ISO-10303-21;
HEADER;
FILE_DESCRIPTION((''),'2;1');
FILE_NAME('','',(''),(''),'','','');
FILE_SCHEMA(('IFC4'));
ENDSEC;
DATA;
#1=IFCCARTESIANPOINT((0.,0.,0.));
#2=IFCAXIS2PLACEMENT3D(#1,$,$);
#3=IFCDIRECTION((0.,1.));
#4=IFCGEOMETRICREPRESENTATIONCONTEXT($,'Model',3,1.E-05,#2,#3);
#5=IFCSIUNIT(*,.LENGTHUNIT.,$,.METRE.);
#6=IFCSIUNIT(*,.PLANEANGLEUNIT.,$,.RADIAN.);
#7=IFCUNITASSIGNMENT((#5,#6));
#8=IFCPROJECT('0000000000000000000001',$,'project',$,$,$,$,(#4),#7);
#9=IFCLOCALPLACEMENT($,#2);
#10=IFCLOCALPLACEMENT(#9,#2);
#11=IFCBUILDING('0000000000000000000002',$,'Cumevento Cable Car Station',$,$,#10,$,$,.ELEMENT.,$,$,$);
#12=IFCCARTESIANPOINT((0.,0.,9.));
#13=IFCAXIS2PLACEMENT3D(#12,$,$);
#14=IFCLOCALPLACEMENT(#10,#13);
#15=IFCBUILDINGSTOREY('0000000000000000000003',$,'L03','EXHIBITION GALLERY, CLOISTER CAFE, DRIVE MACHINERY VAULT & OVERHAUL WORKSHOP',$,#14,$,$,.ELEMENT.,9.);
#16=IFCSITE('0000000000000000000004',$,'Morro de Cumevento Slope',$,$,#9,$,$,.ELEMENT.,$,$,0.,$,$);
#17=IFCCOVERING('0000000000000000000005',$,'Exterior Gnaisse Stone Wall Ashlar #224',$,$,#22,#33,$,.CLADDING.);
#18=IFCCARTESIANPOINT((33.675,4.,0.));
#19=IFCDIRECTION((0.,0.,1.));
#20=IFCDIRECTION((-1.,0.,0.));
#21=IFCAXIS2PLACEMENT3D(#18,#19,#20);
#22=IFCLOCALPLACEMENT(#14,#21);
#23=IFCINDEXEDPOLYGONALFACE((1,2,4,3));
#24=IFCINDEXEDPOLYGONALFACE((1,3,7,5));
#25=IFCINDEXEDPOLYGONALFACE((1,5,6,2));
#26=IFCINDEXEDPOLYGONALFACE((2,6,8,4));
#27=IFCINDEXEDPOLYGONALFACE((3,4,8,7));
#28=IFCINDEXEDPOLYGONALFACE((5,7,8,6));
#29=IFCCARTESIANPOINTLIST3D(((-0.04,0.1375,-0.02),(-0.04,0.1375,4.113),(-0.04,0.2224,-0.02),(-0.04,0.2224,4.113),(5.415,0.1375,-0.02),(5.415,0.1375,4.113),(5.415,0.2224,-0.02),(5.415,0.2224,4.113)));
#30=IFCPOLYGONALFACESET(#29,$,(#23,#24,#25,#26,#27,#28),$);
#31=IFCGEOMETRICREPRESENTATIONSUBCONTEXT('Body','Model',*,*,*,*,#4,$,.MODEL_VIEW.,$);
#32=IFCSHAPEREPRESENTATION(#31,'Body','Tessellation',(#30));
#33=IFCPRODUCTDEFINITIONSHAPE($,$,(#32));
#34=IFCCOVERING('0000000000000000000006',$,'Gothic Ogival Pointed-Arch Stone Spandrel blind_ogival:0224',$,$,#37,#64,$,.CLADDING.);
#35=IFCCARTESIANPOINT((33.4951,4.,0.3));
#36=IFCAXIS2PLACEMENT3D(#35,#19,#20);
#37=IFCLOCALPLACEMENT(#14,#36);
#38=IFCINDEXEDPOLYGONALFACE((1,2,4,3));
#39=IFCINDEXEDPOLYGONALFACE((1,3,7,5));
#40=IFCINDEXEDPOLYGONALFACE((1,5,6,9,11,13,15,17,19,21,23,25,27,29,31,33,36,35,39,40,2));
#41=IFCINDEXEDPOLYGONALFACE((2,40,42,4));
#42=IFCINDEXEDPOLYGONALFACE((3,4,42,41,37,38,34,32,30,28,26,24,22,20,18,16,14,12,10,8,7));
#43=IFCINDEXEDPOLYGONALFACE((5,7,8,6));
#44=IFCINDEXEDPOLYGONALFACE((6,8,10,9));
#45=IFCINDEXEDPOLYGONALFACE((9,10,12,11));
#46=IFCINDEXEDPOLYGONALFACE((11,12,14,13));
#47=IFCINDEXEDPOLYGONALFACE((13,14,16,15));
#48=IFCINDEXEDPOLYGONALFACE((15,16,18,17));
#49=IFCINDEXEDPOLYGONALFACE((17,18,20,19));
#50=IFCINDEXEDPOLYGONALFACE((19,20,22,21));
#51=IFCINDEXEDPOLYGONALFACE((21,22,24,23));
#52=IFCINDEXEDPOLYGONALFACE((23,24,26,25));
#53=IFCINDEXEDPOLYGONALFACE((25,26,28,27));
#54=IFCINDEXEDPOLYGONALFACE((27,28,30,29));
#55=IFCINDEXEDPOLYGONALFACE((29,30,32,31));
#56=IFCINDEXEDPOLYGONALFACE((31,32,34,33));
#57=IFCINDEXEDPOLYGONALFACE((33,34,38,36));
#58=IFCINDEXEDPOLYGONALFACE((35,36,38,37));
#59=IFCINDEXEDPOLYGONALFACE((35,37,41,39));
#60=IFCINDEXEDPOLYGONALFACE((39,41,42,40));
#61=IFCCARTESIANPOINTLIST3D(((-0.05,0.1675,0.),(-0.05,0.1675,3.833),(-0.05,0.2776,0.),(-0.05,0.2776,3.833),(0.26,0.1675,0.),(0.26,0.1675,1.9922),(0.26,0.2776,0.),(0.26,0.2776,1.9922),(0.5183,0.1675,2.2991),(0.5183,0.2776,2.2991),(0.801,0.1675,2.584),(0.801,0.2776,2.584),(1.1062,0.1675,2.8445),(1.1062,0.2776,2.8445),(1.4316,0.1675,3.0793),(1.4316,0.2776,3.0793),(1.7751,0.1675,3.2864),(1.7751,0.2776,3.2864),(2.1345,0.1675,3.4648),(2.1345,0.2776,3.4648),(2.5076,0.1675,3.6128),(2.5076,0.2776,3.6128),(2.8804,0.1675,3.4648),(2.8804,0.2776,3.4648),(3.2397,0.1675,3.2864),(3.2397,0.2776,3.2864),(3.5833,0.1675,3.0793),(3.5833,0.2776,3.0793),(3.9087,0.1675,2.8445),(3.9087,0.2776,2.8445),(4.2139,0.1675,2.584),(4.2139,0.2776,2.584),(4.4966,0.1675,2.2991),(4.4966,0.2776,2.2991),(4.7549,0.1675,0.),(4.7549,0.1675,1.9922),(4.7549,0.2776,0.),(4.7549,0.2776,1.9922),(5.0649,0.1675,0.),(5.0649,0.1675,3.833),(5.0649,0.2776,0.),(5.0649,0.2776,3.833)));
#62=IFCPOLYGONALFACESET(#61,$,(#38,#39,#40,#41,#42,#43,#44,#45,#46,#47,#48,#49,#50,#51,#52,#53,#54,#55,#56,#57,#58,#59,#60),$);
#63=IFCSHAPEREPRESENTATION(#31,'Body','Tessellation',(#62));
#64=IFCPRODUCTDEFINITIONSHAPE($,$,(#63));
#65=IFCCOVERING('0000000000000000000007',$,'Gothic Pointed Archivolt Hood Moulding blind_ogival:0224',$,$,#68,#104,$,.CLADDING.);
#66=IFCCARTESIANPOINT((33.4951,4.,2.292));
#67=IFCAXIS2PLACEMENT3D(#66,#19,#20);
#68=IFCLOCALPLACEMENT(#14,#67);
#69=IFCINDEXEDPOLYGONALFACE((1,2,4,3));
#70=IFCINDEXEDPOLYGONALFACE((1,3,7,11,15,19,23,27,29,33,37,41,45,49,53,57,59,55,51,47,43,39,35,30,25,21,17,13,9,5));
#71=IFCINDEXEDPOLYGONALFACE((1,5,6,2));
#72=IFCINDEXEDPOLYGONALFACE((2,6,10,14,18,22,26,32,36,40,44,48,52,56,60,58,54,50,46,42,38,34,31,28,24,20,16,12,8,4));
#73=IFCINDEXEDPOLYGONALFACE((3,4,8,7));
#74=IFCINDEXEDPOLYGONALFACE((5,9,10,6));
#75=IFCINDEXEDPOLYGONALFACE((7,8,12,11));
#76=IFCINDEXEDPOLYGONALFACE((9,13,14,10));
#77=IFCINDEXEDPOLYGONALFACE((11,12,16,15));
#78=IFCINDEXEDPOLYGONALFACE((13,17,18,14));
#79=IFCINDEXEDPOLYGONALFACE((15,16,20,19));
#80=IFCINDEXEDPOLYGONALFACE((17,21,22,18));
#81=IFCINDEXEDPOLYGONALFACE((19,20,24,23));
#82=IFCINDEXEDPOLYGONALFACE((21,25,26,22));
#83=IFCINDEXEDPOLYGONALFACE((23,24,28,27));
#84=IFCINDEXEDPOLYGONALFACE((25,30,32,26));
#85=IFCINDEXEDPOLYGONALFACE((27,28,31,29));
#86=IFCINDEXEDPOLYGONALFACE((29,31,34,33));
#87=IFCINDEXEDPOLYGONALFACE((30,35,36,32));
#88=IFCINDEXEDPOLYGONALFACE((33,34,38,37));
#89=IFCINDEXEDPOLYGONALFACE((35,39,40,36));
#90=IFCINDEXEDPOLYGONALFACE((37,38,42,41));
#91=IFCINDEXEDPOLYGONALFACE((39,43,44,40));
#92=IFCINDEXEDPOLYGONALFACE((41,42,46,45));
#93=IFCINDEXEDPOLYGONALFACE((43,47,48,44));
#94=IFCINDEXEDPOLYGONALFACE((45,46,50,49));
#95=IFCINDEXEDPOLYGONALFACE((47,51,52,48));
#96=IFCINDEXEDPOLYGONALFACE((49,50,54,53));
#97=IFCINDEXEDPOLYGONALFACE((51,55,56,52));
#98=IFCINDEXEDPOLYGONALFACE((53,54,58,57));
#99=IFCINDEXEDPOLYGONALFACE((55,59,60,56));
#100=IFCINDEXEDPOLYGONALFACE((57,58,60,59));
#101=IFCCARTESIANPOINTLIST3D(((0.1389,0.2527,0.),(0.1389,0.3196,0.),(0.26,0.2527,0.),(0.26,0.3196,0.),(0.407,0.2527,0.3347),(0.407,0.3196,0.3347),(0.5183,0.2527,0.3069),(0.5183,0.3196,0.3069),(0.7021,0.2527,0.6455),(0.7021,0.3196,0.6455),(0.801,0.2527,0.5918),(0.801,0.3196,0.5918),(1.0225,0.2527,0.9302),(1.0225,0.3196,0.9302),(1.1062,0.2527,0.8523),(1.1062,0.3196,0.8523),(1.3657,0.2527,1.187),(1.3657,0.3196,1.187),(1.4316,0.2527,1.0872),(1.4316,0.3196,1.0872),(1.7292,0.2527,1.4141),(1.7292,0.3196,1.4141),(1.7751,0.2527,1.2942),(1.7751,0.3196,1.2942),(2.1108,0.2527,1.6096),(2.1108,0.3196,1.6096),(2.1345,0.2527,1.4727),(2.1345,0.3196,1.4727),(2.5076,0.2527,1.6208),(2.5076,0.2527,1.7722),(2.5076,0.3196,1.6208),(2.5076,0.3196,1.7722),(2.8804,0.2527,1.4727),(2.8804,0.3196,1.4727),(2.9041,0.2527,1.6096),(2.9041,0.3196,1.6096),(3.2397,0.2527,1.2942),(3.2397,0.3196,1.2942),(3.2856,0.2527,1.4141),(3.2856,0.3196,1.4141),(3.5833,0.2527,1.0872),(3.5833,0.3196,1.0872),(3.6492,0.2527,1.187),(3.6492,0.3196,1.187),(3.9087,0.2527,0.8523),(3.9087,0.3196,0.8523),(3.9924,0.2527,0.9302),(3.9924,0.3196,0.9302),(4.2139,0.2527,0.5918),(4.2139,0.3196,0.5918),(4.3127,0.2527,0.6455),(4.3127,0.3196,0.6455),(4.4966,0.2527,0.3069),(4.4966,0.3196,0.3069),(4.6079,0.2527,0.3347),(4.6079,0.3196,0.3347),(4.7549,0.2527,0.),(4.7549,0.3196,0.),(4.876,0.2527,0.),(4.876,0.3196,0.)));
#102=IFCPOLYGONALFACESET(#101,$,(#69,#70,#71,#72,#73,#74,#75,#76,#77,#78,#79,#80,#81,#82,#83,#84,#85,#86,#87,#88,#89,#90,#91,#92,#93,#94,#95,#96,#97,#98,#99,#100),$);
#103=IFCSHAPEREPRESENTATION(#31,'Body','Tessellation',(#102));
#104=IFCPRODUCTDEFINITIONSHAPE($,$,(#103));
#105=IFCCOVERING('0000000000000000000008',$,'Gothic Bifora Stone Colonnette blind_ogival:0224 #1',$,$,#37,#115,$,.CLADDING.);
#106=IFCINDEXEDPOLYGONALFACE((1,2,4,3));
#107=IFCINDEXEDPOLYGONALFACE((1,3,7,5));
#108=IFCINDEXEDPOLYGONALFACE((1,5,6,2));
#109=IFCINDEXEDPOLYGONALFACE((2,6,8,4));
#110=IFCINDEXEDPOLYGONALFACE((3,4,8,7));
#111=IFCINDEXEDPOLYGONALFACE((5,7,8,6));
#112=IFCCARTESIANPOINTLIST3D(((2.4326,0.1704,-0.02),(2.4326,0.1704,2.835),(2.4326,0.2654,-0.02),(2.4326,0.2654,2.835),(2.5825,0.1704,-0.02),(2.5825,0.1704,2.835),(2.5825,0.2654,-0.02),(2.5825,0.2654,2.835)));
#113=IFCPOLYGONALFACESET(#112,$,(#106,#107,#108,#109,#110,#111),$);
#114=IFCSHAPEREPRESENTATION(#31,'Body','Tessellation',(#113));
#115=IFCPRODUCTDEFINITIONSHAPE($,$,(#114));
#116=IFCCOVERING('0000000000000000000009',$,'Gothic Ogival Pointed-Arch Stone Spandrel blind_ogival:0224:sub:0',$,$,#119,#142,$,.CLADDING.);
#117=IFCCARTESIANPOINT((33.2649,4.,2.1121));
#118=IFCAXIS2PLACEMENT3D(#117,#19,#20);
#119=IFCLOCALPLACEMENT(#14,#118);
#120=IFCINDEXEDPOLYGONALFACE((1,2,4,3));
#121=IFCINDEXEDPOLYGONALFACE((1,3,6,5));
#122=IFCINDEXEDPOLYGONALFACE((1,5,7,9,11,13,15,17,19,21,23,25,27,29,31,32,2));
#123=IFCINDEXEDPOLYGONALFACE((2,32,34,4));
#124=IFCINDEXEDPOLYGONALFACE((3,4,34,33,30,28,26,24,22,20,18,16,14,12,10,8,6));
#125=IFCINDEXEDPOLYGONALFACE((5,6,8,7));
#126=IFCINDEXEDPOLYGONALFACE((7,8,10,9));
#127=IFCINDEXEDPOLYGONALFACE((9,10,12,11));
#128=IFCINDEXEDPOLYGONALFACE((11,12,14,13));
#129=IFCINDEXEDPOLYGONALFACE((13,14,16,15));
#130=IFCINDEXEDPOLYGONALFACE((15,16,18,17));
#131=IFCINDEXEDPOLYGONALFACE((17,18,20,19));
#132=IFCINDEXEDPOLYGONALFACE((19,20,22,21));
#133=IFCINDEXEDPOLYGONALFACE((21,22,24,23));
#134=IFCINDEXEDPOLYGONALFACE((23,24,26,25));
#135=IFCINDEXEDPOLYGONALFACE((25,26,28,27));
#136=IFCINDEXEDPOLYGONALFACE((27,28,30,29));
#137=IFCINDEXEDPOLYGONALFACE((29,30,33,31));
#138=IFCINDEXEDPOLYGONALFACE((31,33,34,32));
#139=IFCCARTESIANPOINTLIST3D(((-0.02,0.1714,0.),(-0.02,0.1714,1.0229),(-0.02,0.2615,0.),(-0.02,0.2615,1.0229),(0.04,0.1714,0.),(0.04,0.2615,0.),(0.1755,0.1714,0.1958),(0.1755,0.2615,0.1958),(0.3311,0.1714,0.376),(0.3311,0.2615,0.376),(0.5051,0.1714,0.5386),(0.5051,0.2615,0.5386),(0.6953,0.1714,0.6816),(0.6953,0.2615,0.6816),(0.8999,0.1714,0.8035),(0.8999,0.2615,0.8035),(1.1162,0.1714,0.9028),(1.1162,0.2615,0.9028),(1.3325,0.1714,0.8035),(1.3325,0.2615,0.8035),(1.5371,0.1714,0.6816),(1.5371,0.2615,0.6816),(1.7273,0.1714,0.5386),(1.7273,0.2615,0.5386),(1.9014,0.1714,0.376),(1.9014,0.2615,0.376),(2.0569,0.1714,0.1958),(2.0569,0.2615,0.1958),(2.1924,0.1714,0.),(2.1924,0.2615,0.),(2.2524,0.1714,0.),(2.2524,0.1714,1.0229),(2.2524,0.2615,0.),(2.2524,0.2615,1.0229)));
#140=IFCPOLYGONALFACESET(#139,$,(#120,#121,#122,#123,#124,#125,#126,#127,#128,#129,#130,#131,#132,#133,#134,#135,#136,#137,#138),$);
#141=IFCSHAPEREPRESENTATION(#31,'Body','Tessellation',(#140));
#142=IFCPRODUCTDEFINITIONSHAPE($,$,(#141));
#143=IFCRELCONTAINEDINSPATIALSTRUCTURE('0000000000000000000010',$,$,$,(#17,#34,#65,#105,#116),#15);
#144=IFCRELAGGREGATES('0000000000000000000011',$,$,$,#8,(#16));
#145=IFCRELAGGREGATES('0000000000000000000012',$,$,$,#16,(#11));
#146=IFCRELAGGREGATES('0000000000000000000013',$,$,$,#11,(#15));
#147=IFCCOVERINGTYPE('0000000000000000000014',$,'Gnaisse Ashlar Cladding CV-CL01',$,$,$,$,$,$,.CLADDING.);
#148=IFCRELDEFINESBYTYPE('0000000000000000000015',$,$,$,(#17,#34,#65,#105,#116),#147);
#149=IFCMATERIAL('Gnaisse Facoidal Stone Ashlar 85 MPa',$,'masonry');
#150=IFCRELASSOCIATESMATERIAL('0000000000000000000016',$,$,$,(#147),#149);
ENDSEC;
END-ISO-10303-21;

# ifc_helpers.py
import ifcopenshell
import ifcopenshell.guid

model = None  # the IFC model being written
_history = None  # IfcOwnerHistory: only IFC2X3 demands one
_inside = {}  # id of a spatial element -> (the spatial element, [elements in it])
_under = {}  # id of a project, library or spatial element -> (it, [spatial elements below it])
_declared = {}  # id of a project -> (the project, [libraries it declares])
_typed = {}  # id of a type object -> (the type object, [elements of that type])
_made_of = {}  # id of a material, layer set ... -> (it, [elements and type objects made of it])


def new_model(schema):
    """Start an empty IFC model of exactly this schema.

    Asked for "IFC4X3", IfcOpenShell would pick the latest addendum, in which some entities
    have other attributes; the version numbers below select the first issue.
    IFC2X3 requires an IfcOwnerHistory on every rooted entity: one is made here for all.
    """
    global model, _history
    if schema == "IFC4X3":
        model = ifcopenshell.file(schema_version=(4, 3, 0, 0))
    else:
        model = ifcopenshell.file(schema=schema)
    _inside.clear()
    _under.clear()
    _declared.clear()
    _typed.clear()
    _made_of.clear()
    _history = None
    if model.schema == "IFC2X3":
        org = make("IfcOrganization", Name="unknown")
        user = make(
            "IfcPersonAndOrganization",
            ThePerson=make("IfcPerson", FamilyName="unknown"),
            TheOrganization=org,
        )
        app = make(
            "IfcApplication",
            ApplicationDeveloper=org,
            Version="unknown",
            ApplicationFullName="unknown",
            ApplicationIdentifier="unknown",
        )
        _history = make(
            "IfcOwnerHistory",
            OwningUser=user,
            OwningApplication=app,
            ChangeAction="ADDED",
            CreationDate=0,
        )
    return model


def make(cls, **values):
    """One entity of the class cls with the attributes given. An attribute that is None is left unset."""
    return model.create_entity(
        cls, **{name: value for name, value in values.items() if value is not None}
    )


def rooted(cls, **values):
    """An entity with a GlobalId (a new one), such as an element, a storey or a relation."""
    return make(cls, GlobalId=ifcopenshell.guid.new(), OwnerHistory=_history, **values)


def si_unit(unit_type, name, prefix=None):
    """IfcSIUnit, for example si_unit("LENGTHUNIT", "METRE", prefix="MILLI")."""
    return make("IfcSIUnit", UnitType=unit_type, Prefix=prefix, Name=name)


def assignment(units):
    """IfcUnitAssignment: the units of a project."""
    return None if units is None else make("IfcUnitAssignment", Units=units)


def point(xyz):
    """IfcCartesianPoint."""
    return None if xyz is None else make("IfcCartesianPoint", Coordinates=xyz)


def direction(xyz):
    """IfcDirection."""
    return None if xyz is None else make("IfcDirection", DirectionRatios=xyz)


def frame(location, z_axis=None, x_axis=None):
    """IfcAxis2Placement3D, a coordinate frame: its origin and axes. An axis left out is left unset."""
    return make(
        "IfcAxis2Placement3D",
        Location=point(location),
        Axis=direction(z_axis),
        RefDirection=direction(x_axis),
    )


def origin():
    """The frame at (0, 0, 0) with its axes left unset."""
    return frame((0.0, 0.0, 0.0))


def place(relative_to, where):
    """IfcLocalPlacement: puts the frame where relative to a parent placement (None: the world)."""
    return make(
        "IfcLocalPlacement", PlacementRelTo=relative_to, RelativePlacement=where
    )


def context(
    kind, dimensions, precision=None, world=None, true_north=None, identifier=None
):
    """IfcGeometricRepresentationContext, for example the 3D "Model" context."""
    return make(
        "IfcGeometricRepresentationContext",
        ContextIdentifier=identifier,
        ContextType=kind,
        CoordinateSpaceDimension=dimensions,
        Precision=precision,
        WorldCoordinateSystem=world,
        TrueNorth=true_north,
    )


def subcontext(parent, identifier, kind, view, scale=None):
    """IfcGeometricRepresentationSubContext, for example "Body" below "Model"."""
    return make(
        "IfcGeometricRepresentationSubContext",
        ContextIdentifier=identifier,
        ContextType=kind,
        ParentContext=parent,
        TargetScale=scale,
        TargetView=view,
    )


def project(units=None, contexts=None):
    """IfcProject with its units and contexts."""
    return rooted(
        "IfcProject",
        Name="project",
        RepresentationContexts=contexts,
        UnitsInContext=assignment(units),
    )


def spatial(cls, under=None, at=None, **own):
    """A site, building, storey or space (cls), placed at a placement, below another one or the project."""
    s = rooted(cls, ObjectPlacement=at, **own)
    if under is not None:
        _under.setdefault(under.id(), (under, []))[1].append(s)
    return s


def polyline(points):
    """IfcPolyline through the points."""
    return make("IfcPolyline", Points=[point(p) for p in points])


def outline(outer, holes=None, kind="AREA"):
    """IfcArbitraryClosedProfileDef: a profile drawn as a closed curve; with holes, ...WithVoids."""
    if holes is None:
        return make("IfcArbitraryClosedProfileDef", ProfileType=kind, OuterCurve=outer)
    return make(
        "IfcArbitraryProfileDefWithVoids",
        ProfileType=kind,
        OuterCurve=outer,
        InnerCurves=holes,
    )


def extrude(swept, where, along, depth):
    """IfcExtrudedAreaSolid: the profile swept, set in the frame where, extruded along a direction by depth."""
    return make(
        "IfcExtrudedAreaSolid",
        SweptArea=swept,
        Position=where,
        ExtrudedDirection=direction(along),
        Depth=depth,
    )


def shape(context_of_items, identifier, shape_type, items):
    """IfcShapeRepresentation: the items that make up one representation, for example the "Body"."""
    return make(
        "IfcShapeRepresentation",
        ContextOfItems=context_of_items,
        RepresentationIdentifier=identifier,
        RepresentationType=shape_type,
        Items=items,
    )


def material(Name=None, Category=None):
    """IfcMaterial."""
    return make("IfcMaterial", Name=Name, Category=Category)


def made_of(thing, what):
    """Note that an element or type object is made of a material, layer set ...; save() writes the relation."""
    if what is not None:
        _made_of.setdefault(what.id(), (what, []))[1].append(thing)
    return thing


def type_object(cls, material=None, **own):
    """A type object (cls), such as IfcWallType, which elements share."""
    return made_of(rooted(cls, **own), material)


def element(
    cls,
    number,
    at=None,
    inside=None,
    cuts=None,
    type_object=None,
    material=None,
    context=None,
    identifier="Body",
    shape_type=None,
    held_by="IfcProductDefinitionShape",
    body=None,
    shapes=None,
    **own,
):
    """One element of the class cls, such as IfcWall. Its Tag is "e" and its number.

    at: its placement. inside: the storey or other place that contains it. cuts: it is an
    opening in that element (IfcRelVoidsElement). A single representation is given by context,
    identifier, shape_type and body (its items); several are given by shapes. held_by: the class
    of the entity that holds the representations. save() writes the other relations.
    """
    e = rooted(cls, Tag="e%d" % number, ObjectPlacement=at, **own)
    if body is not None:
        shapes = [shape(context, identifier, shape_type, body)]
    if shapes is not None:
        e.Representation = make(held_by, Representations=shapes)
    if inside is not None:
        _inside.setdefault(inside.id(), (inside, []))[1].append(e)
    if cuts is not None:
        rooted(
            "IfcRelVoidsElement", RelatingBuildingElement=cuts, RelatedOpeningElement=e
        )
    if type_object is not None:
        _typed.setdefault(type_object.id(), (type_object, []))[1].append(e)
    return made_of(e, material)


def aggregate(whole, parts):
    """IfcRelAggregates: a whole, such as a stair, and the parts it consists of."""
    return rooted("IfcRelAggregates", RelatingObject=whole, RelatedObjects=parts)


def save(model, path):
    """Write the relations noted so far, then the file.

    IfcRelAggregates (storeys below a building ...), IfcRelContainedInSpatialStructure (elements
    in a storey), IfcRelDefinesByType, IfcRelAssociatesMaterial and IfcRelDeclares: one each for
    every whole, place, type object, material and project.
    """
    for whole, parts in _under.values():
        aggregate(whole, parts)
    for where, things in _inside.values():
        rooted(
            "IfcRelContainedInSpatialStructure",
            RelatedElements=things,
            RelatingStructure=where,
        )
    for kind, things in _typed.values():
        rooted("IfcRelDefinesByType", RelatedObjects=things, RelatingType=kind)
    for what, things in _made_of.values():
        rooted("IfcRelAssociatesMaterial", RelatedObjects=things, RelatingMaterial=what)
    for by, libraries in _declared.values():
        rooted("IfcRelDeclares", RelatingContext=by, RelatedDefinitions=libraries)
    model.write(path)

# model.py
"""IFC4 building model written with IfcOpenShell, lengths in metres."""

from ifc_helpers import new_model, si_unit, direction, frame, origin, place, context, subcontext, project, spatial, polyline, outline, extrude, material, type_object, element, save


model = new_model("IFC4")

# Units and contexts
model_context = context("Model", 3, precision=1e-05, world=origin(), true_north=direction((0.0, 1.0)))
body_context = subcontext(model_context, "Body", "Model", "MODEL_VIEW")
ifc_project = project(units=[si_unit("LENGTHUNIT", "METRE"), si_unit("PLANEANGLEUNIT", "RADIAN")], contexts=[model_context])

# Site, building, storey
site_placement = place(None, origin())
site = spatial("IfcSite", under=ifc_project, at=site_placement, Name="Morro de Cumevento Slope", CompositionType="ELEMENT", RefElevation=0.0)
building_placement = place(site_placement, origin())
building = spatial("IfcBuilding", under=site, at=building_placement, Name="Cumevento Cable Car Station", CompositionType="ELEMENT")
storey_placement = place(building_placement, frame((0.0, 0.0, 9.0)))
storey = spatial("IfcBuildingStorey", under=building, at=storey_placement, Name="L03", Description="EXHIBITION GALLERY, CLOISTER CAFE, DRIVE MACHINERY VAULT & OVERHAUL WORKSHOP", CompositionType="ELEMENT", Elevation=9.0)

# Coverings
ifc_material_1 = material(Name="Gnaisse Facoidal Stone Ashlar 85 MPa", Category="masonry")
covering_type = type_object("IfcCoveringType", Name="Gnaisse Ashlar Cladding CV-CL01", PredefinedType="CLADDING", material=ifc_material_1)
covering_1_placement = place(storey_placement, frame((33.675, 4.0, 0.0), z_axis=(0.0, 0.0, 1.0), x_axis=(-1.0, 0.0, 0.0)))
element("IfcCovering", 1, at=covering_1_placement, inside=storey, type_object=covering_type, Name="Exterior Gnaisse Stone Wall Ashlar #224", PredefinedType="CLADDING", context=body_context, shape_type="SweptSolid", body=[
    extrude(outline(polyline([(-0.04, -0.02), (5.415, -0.02), (5.415, 4.113), (-0.04, 4.113), (-0.04, -0.02)])), frame((0.0, 0.2224, 0.0), z_axis=(0.0, -1.0, 0.0), x_axis=(1.0, 0.0, 0.0)), (0.0, 0.0, 1.0), 0.085),
])
placement = place(storey_placement, frame((33.4951, 4.0, 0.3), z_axis=(0.0, 0.0, 1.0), x_axis=(-1.0, 0.0, 0.0)))
element("IfcCovering", 2, at=placement, inside=storey, type_object=covering_type, Name="Gothic Ogival Pointed-Arch Stone Spandrel blind_ogival:0224", PredefinedType="CLADDING", context=body_context, shape_type="SweptSolid", body=[
    extrude(outline(polyline([(-0.05, 0.0), (-0.05, 3.833), (5.0649, 3.833), (5.0649, 0.0), (4.7549, 0.0), (4.7549, 1.9922), (4.4966, 2.2991), (4.2139, 2.584), (3.9087, 2.8445), (3.5833, 3.0793), (3.2397, 3.2864), (2.8804, 3.4648), (2.5076, 3.6128), (2.1345, 3.4648), (1.7751, 3.2864), (1.4316, 3.0793), (1.1062, 2.8445), (0.801, 2.584), (0.5183, 2.2991), (0.26, 1.9922), (0.26, 0.0), (-0.05, 0.0)])), frame((0.0, 0.2776, 0.0), z_axis=(0.0, -1.0, 0.0), x_axis=(1.0, 0.0, 0.0)), (0.0, 0.0, 1.0), 0.1101),
])
covering_2_placement = place(storey_placement, frame((33.4951, 4.0, 2.292), z_axis=(0.0, 0.0, 1.0), x_axis=(-1.0, 0.0, 0.0)))
element("IfcCovering", 3, at=covering_2_placement, inside=storey, type_object=covering_type, Name="Gothic Pointed Archivolt Hood Moulding blind_ogival:0224", PredefinedType="CLADDING", context=body_context, shape_type="SweptSolid", body=[
    extrude(outline(polyline([(0.26, 0.0), (0.5183, 0.3069), (0.801, 0.5918), (1.1062, 0.8523), (1.4316, 1.0872), (1.7751, 1.2942), (2.1345, 1.4727), (2.5076, 1.6208), (2.8804, 1.4727), (3.2397, 1.2942), (3.5833, 1.0872), (3.9087, 0.8523), (4.2139, 0.5918), (4.4966, 0.3069), (4.7549, 0.0), (4.876, 0.0), (4.6079, 0.3347), (4.3127, 0.6455), (3.9924, 0.9302), (3.6492, 1.187), (3.2856, 1.4141), (2.9041, 1.6096), (2.5076, 1.7722), (2.1108, 1.6096), (1.7292, 1.4141), (1.3657, 1.187), (1.0225, 0.9302), (0.7021, 0.6455), (0.407, 0.3347), (0.1389, 0.0), (0.26, 0.0)])), frame((0.0, 0.3196, 0.0), z_axis=(0.0, -1.0, 0.0), x_axis=(1.0, 0.0, 0.0)), (0.0, 0.0, 1.0), 0.0669),
])
element("IfcCovering", 4, at=placement, inside=storey, type_object=covering_type, Name="Gothic Bifora Stone Colonnette blind_ogival:0224 #1", PredefinedType="CLADDING", context=body_context, shape_type="SweptSolid", body=[
    extrude(outline(polyline([(2.4326, -0.02), (2.5825, -0.02), (2.5825, 2.835), (2.4326, 2.835), (2.4326, -0.02)])), frame((0.0, 0.2654, 0.0), z_axis=(0.0, -1.0, 0.0), x_axis=(1.0, 0.0, 0.0)), (0.0, 0.0, 1.0), 0.095),
])
covering_3_placement = place(storey_placement, frame((33.2649, 4.0, 2.1121), z_axis=(0.0, 0.0, 1.0), x_axis=(-1.0, 0.0, 0.0)))
element("IfcCovering", 5, at=covering_3_placement, inside=storey, type_object=covering_type, Name="Gothic Ogival Pointed-Arch Stone Spandrel blind_ogival:0224:sub:0", PredefinedType="CLADDING", context=body_context, shape_type="SweptSolid", body=[
    extrude(outline(polyline([(-0.02, 0.0), (-0.02, 1.0229), (2.2524, 1.0229), (2.2524, 0.0), (2.1924, 0.0), (2.0569, 0.1958), (1.9014, 0.376), (1.7273, 0.5386), (1.5371, 0.6816), (1.3325, 0.8035), (1.1162, 0.9028), (0.8999, 0.8035), (0.6953, 0.6816), (0.5051, 0.5386), (0.3311, 0.376), (0.1755, 0.1958), (0.04, 0.0), (-0.02, 0.0)])), frame((0.0, 0.2615, 0.0), z_axis=(0.0, -1.0, 0.0), x_axis=(1.0, 0.0, 0.0)), (0.0, 0.0, 1.0), 0.0901),
])

save(model, "model.ifc")
